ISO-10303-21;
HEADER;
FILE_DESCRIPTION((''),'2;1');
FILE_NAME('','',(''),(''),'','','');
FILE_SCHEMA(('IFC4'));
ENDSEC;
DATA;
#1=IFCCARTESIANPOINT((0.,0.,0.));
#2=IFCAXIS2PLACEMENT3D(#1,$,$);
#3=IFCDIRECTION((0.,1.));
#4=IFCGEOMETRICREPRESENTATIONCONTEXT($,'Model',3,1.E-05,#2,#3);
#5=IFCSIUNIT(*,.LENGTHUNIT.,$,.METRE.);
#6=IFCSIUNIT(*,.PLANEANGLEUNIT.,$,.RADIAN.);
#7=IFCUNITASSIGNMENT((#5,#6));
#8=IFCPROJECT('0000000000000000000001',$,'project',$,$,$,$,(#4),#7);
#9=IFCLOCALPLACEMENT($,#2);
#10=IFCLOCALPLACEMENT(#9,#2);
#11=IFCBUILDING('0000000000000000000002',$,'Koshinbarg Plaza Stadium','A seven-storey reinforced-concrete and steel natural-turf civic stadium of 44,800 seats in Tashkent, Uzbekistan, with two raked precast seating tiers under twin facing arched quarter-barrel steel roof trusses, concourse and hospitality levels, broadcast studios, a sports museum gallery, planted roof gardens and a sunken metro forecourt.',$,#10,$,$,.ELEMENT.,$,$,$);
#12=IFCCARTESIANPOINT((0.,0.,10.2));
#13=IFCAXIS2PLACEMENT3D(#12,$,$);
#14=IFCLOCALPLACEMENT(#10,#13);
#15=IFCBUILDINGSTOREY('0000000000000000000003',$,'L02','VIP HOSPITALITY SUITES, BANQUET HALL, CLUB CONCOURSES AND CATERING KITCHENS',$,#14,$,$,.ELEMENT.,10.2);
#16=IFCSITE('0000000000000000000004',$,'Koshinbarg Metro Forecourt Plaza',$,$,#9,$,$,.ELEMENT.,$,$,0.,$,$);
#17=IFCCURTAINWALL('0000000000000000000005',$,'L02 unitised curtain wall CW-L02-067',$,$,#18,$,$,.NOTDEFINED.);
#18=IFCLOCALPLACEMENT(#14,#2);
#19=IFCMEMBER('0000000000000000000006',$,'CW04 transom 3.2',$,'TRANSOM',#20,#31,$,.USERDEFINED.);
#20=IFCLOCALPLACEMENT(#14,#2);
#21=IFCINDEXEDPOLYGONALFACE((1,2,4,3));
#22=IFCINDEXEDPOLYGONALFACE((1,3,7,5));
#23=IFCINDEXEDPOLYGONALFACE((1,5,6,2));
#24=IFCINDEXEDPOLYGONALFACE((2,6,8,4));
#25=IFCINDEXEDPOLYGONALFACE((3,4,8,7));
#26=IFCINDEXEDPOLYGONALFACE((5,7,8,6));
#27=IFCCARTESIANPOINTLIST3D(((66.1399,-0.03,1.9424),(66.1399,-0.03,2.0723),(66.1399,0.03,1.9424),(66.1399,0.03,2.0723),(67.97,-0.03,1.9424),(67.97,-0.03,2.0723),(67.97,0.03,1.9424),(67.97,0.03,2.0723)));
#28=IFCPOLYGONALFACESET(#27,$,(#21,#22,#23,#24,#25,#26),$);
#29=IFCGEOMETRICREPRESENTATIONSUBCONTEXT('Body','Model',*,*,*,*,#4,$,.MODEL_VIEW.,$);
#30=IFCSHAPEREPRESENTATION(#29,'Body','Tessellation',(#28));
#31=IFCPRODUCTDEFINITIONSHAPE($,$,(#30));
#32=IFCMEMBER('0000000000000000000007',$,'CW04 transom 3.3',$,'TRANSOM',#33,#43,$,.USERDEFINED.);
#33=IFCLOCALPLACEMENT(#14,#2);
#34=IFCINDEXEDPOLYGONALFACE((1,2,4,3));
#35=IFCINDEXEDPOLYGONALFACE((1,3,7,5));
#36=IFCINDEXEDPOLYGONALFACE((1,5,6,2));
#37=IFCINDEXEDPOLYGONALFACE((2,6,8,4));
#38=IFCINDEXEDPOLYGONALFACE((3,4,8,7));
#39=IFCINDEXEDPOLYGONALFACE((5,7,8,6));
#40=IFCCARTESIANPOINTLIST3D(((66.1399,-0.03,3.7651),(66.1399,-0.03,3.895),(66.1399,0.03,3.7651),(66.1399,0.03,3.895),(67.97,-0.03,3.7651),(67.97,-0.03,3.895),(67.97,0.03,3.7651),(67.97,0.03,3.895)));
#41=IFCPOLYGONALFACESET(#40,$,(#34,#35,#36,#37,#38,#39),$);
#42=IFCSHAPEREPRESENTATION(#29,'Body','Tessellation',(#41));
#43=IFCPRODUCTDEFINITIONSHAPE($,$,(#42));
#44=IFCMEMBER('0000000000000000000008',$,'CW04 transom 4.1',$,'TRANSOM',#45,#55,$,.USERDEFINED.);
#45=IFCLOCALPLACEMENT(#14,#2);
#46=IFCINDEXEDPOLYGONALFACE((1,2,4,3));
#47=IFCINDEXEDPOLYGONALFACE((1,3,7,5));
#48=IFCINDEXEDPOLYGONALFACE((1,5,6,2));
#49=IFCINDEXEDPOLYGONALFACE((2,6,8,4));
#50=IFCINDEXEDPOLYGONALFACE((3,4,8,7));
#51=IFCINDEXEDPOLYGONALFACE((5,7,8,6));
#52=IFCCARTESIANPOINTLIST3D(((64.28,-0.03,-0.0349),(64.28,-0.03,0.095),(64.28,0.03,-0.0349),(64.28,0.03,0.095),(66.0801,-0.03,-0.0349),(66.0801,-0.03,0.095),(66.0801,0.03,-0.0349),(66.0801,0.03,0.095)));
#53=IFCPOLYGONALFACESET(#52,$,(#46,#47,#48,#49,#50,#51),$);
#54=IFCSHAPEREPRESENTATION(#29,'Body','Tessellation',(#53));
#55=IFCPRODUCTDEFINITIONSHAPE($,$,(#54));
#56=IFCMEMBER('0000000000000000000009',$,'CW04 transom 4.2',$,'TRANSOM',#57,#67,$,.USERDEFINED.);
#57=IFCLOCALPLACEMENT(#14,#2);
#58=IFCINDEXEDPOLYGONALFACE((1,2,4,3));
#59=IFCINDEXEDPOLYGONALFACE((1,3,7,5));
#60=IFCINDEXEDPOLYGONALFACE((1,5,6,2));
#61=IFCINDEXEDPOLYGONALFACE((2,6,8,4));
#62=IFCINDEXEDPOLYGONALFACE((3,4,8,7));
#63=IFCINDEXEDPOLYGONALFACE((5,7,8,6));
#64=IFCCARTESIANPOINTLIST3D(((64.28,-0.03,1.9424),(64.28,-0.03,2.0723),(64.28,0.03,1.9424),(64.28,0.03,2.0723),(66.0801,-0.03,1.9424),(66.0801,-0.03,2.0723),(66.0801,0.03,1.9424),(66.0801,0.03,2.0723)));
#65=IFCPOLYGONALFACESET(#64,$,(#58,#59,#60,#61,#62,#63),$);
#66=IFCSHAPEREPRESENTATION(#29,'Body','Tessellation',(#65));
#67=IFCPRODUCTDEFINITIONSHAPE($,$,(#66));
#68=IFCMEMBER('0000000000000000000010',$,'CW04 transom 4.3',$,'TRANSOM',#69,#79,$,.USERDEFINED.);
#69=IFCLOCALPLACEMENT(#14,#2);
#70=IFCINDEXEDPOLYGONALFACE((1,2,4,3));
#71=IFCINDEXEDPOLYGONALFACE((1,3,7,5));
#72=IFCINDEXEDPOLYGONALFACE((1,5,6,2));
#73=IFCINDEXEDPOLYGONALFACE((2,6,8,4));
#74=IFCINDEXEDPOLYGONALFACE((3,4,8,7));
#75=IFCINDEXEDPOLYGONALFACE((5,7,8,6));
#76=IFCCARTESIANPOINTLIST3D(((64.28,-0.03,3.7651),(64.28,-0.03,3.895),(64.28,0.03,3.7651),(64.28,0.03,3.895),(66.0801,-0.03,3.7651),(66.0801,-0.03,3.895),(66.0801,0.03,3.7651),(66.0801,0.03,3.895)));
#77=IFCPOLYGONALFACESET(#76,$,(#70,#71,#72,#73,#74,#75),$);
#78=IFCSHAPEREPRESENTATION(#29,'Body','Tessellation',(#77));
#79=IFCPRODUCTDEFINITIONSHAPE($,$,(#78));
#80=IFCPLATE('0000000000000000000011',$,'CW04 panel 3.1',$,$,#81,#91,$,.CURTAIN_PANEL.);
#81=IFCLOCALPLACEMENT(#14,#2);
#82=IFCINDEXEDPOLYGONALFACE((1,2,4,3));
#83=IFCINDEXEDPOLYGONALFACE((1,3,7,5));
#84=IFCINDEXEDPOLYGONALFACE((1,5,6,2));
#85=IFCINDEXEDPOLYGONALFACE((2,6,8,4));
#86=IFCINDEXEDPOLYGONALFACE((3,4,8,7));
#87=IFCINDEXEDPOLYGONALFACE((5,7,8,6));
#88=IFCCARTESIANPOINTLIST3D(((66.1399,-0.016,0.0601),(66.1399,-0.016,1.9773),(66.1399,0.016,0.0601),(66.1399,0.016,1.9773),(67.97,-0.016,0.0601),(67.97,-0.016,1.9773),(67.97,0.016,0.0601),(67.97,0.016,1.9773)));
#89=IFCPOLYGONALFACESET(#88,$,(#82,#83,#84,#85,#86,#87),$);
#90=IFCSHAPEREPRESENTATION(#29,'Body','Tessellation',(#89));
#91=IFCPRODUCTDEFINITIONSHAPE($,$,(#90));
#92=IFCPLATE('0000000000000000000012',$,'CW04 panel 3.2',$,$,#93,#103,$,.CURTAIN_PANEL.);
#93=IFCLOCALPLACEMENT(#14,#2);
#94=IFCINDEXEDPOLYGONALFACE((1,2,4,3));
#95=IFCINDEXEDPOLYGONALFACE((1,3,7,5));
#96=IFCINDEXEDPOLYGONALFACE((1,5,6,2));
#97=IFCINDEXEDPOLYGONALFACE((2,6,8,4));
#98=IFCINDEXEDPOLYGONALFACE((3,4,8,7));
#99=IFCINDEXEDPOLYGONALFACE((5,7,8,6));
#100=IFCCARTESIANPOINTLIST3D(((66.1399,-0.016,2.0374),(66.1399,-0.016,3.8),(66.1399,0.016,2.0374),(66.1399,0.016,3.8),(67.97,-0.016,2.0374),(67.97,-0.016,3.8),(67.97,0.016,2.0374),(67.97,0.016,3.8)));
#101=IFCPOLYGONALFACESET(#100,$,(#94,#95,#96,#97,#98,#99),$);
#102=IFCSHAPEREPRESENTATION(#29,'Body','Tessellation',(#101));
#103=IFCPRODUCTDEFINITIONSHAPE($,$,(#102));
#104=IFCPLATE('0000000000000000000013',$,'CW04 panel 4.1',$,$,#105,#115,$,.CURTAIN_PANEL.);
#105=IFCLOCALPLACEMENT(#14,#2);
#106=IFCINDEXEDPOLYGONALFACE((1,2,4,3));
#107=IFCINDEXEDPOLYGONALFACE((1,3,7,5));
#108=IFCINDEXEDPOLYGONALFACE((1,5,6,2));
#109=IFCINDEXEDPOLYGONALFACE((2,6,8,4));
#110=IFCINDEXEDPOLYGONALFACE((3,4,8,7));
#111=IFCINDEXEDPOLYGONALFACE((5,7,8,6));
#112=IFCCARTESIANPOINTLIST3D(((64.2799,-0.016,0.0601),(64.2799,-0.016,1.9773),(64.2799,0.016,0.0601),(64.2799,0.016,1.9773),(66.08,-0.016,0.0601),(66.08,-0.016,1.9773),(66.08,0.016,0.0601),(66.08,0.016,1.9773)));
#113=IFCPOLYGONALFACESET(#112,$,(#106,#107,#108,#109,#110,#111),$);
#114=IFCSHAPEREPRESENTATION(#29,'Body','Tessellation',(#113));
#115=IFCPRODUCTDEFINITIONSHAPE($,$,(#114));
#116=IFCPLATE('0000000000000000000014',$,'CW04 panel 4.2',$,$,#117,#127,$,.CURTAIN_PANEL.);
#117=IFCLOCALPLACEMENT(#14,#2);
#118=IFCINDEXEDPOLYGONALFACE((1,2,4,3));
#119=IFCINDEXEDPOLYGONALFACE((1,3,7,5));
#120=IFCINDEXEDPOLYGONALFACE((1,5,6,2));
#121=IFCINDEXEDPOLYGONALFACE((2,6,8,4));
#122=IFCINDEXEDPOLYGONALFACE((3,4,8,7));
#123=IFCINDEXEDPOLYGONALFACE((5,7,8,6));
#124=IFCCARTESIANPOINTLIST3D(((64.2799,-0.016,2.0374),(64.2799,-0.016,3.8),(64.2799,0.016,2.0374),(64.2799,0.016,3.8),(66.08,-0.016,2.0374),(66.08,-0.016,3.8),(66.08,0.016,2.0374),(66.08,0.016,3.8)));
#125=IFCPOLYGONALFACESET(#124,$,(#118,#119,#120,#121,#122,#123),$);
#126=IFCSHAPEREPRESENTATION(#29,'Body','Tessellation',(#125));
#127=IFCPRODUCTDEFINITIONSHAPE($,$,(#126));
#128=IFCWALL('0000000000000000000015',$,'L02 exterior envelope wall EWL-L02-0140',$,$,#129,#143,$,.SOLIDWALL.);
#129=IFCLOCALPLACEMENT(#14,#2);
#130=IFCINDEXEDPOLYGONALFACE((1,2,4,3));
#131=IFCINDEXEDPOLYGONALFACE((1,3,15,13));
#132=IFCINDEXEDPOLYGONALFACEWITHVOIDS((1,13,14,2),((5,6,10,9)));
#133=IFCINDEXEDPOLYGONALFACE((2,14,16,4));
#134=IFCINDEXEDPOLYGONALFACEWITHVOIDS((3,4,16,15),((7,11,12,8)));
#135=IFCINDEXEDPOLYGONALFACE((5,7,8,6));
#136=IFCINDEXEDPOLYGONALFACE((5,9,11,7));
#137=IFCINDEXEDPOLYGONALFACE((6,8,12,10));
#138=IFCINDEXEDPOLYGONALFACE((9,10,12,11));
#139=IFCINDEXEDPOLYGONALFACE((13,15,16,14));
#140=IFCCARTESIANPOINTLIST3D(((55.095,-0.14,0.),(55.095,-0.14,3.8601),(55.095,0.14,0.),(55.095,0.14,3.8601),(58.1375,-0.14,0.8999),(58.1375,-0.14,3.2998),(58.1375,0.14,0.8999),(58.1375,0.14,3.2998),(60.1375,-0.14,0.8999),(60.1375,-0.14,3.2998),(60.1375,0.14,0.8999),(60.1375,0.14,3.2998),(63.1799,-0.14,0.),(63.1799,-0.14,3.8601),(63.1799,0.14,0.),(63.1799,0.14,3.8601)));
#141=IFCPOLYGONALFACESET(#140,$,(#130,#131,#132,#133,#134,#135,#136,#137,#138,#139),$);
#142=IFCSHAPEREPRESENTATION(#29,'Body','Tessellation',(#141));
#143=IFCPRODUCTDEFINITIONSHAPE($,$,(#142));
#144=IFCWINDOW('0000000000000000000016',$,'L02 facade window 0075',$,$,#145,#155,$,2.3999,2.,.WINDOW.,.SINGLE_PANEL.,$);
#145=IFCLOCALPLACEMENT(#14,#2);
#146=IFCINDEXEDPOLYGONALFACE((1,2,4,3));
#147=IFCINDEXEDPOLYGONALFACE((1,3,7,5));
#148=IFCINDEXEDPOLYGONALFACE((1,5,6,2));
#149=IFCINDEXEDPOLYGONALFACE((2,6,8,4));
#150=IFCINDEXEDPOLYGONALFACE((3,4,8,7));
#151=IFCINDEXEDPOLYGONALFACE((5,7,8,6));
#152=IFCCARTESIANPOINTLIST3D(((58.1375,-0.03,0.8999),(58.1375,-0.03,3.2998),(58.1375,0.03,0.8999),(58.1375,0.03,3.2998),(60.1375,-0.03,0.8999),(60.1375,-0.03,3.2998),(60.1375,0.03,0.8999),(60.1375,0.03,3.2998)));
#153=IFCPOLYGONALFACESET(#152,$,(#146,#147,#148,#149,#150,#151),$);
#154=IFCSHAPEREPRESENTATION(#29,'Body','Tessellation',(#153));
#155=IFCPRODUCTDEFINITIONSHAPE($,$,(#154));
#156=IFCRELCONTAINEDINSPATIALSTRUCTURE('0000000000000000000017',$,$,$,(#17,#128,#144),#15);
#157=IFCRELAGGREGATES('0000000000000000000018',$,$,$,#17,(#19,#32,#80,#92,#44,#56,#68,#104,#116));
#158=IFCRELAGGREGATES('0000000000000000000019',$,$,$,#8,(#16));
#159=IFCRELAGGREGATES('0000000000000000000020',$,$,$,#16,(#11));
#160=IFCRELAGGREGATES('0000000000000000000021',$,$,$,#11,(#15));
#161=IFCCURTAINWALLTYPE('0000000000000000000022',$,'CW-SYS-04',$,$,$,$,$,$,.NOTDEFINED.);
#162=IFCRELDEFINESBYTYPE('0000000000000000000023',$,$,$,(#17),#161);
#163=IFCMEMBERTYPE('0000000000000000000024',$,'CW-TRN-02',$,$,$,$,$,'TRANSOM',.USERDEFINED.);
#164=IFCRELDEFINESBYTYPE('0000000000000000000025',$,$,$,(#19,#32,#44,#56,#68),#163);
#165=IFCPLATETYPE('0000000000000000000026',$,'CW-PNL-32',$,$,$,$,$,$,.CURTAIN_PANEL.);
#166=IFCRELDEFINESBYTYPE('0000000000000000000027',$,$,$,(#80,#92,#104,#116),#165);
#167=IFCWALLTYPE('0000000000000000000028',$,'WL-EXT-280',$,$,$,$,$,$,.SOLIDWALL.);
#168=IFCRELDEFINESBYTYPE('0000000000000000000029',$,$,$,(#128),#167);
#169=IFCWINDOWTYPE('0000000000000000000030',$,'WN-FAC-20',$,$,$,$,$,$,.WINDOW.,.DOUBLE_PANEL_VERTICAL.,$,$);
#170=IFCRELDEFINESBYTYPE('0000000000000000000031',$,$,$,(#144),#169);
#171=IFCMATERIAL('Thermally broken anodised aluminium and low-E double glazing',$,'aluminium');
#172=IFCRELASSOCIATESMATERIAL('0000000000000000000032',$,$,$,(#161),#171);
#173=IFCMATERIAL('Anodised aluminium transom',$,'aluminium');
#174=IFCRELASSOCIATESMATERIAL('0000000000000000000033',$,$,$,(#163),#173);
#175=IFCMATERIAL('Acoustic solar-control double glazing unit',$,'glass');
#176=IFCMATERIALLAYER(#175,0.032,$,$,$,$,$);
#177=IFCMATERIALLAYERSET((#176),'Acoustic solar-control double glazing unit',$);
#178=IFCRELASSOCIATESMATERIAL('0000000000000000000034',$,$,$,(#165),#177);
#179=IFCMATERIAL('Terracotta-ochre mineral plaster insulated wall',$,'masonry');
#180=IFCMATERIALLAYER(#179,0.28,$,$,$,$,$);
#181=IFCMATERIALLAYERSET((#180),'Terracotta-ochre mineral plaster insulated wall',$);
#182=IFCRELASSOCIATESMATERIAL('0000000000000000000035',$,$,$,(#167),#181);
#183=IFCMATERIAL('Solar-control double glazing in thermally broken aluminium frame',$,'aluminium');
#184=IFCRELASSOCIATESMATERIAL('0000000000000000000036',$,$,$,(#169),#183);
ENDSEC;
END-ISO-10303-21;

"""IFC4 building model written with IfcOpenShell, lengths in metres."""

from ifc_helpers import new_model, si_unit, direction, frame, frame_2d, origin, origin_2d, place, context, subcontext, project, spatial, rectangle, extrude, material, layer, layer_set, material_profile, profile_set, type_object, element, fill, aggregate, save


model = new_model("IFC4")

# Units and contexts
model_context = context("Model", 3, precision=1e-05, world=origin(), true_north=direction((0.0, 1.0)))
body_context = subcontext(model_context, "Body", "Model", "MODEL_VIEW")
ifc_project = project(units=[si_unit("LENGTHUNIT", "METRE"), si_unit("PLANEANGLEUNIT", "RADIAN")], contexts=[model_context])

# Site, building, storey
site_placement = place(None, origin())
site = spatial("IfcSite", under=ifc_project, at=site_placement, Name="Koshinbarg Metro Forecourt Plaza", CompositionType="ELEMENT", RefElevation=0.0)
building_placement = place(site_placement, origin())
building = spatial("IfcBuilding", under=site, at=building_placement, Name="Koshinbarg Plaza Stadium", Description="A seven-storey reinforced-concrete and steel natural-turf civic stadium of 44,800 seats in Tashkent, Uzbekistan, with two raked precast seating tiers under twin facing arched quarter-barrel steel roof trusses, concourse and hospitality levels, broadcast studios, a sports museum gallery, planted roof gardens and a sunken metro forecourt.", CompositionType="ELEMENT")
storey_placement = place(building_placement, frame((0.0, 0.0, 10.2)))
storey = spatial("IfcBuildingStorey", under=building, at=storey_placement, Name="L02", Description="VIP HOSPITALITY SUITES, BANQUET HALL, CLUB CONCOURSES AND CATERING KITCHENS", CompositionType="ELEMENT", Elevation=10.2)

# Curtain wall, members, plates
ifc_material_1 = material(Name="Thermally broken anodised aluminium and low-E double glazing", Category="aluminium")
curtain_wall_type = type_object("IfcCurtainWallType", Name="CW-SYS-04", PredefinedType="NOTDEFINED", material=ifc_material_1)
curtain_wall_placement = place(storey_placement, origin())
curtain_wall = element("IfcCurtainWall", 1, at=curtain_wall_placement, inside=storey, type_object=curtain_wall_type, Name="L02 unitised curtain wall CW-L02-067", PredefinedType="NOTDEFINED")
ifc_material_2 = material(Name="Anodised aluminium transom", Category="aluminium")
ifc_material_profile_1 = material_profile(ifc_material_2, rectangle(XDim=0.0601, YDim=0.1299, at=origin_2d()), Name="ALU 60x130")
ifc_profile_set_1 = profile_set([ifc_material_profile_1], Name="Anodised aluminium transom")
member_type_1 = type_object("IfcMemberType", Name="CW-TRN-02", ElementType="TRANSOM", PredefinedType="USERDEFINED", material=ifc_profile_set_1)
member_1_placement = place(storey_placement, frame((67.97, 0.0, 2.0073), z_axis=(-1.0, 0.0, 0.0), x_axis=(0.0, -1.0, 0.0)))
member_1 = element("IfcMember", 2, at=member_1_placement, type_object=member_type_1, Name="CW04 transom 3.2", ObjectType="TRANSOM", PredefinedType="USERDEFINED", context=body_context, shape_type="SweptSolid", body=[
    extrude(rectangle(XDim=0.0601, YDim=0.1299, at=origin_2d()), origin(), (0.0, 0.0, 1.0), 1.8301),
])
member_2_placement = place(storey_placement, frame((67.97, 0.0, 3.8301), z_axis=(-1.0, 0.0, 0.0), x_axis=(0.0, -1.0, 0.0)))
member_2 = element("IfcMember", 3, at=member_2_placement, type_object=member_type_1, Name="CW04 transom 3.3", ObjectType="TRANSOM", PredefinedType="USERDEFINED", context=body_context, shape_type="SweptSolid", body=[
    extrude(rectangle(XDim=0.0601, YDim=0.1299, at=origin_2d()), origin(), (0.0, 0.0, 1.0), 1.8301),
])
member_3_placement = place(storey_placement, frame((66.0801, 0.0, 0.03), z_axis=(-1.0, 0.0, 0.0), x_axis=(0.0, -1.0, 0.0)))
member_3 = element("IfcMember", 4, at=member_3_placement, type_object=member_type_1, Name="CW04 transom 4.1", ObjectType="TRANSOM", PredefinedType="USERDEFINED", context=body_context, shape_type="SweptSolid", body=[
    extrude(rectangle(XDim=0.0601, YDim=0.1299, at=origin_2d()), origin(), (0.0, 0.0, 1.0), 1.8),
])
member_4_placement = place(storey_placement, frame((66.0801, 0.0, 2.0073), z_axis=(-1.0, 0.0, 0.0), x_axis=(0.0, -1.0, 0.0)))
member_4 = element("IfcMember", 5, at=member_4_placement, type_object=member_type_1, Name="CW04 transom 4.2", ObjectType="TRANSOM", PredefinedType="USERDEFINED", context=body_context, shape_type="SweptSolid", body=[
    extrude(rectangle(XDim=0.0601, YDim=0.1299, at=origin_2d()), origin(), (0.0, 0.0, 1.0), 1.8),
])
member_5_placement = place(storey_placement, frame((66.0801, 0.0, 3.8301), z_axis=(-1.0, 0.0, 0.0), x_axis=(0.0, -1.0, 0.0)))
member_5 = element("IfcMember", 6, at=member_5_placement, type_object=member_type_1, Name="CW04 transom 4.3", ObjectType="TRANSOM", PredefinedType="USERDEFINED", context=body_context, shape_type="SweptSolid", body=[
    extrude(rectangle(XDim=0.0601, YDim=0.1299, at=origin_2d()), origin(), (0.0, 0.0, 1.0), 1.8),
])
ifc_material_3 = material(Name="Acoustic solar-control double glazing unit", Category="glass")
ifc_layer_1 = layer(ifc_material_3, 0.032)
ifc_layer_set_1 = layer_set([ifc_layer_1], Name="Acoustic solar-control double glazing unit")
plate_type = type_object("IfcPlateType", Name="CW-PNL-32", PredefinedType="CURTAIN_PANEL", material=ifc_layer_set_1)
plate_1_placement = place(storey_placement, frame((67.0549, 0.0, 0.0601), z_axis=(0.0, 0.0, 1.0), x_axis=(-1.0, 0.0, 0.0)))
plate_1 = element("IfcPlate", 7, at=plate_1_placement, type_object=plate_type, Name="CW04 panel 3.1", PredefinedType="CURTAIN_PANEL", context=body_context, shape_type="SweptSolid", body=[
    extrude(rectangle(XDim=1.8301, YDim=0.032, at=origin_2d()), origin(), (0.0, 0.0, 1.0), 1.9172),
])
plate_2_placement = place(storey_placement, frame((67.0549, 0.0, 2.0374), z_axis=(0.0, 0.0, 1.0), x_axis=(-1.0, 0.0, 0.0)))
plate_2 = element("IfcPlate", 8, at=plate_2_placement, type_object=plate_type, Name="CW04 panel 3.2", PredefinedType="CURTAIN_PANEL", context=body_context, shape_type="SweptSolid", body=[
    extrude(rectangle(XDim=1.8301, YDim=0.032, at=origin_2d()), origin(), (0.0, 0.0, 1.0), 1.7627),
])
plate_3_placement = place(storey_placement, frame((65.1799, 0.0, 0.0601), z_axis=(0.0, 0.0, 1.0), x_axis=(-1.0, 0.0, 0.0)))
plate_3 = element("IfcPlate", 9, at=plate_3_placement, type_object=plate_type, Name="CW04 panel 4.1", PredefinedType="CURTAIN_PANEL", context=body_context, shape_type="SweptSolid", body=[
    extrude(rectangle(XDim=1.8, YDim=0.032, at=origin_2d()), origin(), (0.0, 0.0, 1.0), 1.9172),
])
plate_4_placement = place(storey_placement, frame((65.1799, 0.0, 2.0374), z_axis=(0.0, 0.0, 1.0), x_axis=(-1.0, 0.0, 0.0)))
plate_4 = element("IfcPlate", 10, at=plate_4_placement, type_object=plate_type, Name="CW04 panel 4.2", PredefinedType="CURTAIN_PANEL", context=body_context, shape_type="SweptSolid", body=[
    extrude(rectangle(XDim=1.8, YDim=0.032, at=origin_2d()), origin(), (0.0, 0.0, 1.0), 1.7627),
])
aggregate(curtain_wall, [member_1, member_2, plate_1, plate_2, member_3, member_4, member_5, plate_3, plate_4])

# Wall, opening, window
ifc_material_4 = material(Name="Terracotta-ochre mineral plaster insulated wall", Category="masonry")
ifc_layer_2 = layer(ifc_material_4, 0.28)
ifc_layer_set_2 = layer_set([ifc_layer_2], Name="Terracotta-ochre mineral plaster insulated wall")
wall_type = type_object("IfcWallType", Name="WL-EXT-280", PredefinedType="SOLIDWALL", material=ifc_layer_set_2)
wall_placement = place(storey_placement, frame((63.1799, 0.0, 0.0), z_axis=(0.0, 0.0, 1.0), x_axis=(-1.0, 0.0, 0.0)))
wall = element("IfcWall", 11, at=wall_placement, inside=storey, type_object=wall_type, Name="L02 exterior envelope wall EWL-L02-0140", PredefinedType="SOLIDWALL", context=body_context, shape_type="SweptSolid", body=[
    extrude(rectangle(XDim=8.085, YDim=0.28, at=frame_2d((4.0425, 0.0))), origin(), (0.0, 0.0, 1.0), 3.8601),
])
opening_placement = place(wall_placement, frame((3.0425, 0.0, 0.8999)))
opening = element("IfcOpeningElement", 12, at=opening_placement, cuts=wall, PredefinedType="OPENING", context=body_context, shape_type="SweptSolid", body=[
    extrude(rectangle(XDim=2.0, YDim=2.3999, at=frame_2d((1.0, 1.2))), frame((0.0, 0.1499, 0.0), z_axis=(0.0, -1.0, 0.0), x_axis=(1.0, 0.0, 0.0)), (0.0, 0.0, 1.0), 0.3),
])
ifc_material_5 = material(Name="Solar-control double glazing in thermally broken aluminium frame", Category="aluminium")
window_type = type_object("IfcWindowType", Name="WN-FAC-20", PartitioningType="DOUBLE_PANEL_VERTICAL", PredefinedType="WINDOW", material=ifc_material_5)
window_placement = place(opening_placement, origin())
window = element("IfcWindow", 13, at=window_placement, inside=storey, type_object=window_type, Name="L02 facade window 0075", OverallHeight=2.3999, OverallWidth=2.0, PartitioningType="SINGLE_PANEL", PredefinedType="WINDOW", context=body_context, shape_type="SweptSolid", body=[
    extrude(rectangle(XDim=2.0, YDim=2.3999, at=frame_2d((1.0, 1.2))), frame((0.0, 0.03, 0.0), z_axis=(0.0, -1.0, 0.0), x_axis=(1.0, 0.0, 0.0)), (0.0, 0.0, 1.0), 0.0601),
])
fill(opening, window)

save(model, "model.ifc")
